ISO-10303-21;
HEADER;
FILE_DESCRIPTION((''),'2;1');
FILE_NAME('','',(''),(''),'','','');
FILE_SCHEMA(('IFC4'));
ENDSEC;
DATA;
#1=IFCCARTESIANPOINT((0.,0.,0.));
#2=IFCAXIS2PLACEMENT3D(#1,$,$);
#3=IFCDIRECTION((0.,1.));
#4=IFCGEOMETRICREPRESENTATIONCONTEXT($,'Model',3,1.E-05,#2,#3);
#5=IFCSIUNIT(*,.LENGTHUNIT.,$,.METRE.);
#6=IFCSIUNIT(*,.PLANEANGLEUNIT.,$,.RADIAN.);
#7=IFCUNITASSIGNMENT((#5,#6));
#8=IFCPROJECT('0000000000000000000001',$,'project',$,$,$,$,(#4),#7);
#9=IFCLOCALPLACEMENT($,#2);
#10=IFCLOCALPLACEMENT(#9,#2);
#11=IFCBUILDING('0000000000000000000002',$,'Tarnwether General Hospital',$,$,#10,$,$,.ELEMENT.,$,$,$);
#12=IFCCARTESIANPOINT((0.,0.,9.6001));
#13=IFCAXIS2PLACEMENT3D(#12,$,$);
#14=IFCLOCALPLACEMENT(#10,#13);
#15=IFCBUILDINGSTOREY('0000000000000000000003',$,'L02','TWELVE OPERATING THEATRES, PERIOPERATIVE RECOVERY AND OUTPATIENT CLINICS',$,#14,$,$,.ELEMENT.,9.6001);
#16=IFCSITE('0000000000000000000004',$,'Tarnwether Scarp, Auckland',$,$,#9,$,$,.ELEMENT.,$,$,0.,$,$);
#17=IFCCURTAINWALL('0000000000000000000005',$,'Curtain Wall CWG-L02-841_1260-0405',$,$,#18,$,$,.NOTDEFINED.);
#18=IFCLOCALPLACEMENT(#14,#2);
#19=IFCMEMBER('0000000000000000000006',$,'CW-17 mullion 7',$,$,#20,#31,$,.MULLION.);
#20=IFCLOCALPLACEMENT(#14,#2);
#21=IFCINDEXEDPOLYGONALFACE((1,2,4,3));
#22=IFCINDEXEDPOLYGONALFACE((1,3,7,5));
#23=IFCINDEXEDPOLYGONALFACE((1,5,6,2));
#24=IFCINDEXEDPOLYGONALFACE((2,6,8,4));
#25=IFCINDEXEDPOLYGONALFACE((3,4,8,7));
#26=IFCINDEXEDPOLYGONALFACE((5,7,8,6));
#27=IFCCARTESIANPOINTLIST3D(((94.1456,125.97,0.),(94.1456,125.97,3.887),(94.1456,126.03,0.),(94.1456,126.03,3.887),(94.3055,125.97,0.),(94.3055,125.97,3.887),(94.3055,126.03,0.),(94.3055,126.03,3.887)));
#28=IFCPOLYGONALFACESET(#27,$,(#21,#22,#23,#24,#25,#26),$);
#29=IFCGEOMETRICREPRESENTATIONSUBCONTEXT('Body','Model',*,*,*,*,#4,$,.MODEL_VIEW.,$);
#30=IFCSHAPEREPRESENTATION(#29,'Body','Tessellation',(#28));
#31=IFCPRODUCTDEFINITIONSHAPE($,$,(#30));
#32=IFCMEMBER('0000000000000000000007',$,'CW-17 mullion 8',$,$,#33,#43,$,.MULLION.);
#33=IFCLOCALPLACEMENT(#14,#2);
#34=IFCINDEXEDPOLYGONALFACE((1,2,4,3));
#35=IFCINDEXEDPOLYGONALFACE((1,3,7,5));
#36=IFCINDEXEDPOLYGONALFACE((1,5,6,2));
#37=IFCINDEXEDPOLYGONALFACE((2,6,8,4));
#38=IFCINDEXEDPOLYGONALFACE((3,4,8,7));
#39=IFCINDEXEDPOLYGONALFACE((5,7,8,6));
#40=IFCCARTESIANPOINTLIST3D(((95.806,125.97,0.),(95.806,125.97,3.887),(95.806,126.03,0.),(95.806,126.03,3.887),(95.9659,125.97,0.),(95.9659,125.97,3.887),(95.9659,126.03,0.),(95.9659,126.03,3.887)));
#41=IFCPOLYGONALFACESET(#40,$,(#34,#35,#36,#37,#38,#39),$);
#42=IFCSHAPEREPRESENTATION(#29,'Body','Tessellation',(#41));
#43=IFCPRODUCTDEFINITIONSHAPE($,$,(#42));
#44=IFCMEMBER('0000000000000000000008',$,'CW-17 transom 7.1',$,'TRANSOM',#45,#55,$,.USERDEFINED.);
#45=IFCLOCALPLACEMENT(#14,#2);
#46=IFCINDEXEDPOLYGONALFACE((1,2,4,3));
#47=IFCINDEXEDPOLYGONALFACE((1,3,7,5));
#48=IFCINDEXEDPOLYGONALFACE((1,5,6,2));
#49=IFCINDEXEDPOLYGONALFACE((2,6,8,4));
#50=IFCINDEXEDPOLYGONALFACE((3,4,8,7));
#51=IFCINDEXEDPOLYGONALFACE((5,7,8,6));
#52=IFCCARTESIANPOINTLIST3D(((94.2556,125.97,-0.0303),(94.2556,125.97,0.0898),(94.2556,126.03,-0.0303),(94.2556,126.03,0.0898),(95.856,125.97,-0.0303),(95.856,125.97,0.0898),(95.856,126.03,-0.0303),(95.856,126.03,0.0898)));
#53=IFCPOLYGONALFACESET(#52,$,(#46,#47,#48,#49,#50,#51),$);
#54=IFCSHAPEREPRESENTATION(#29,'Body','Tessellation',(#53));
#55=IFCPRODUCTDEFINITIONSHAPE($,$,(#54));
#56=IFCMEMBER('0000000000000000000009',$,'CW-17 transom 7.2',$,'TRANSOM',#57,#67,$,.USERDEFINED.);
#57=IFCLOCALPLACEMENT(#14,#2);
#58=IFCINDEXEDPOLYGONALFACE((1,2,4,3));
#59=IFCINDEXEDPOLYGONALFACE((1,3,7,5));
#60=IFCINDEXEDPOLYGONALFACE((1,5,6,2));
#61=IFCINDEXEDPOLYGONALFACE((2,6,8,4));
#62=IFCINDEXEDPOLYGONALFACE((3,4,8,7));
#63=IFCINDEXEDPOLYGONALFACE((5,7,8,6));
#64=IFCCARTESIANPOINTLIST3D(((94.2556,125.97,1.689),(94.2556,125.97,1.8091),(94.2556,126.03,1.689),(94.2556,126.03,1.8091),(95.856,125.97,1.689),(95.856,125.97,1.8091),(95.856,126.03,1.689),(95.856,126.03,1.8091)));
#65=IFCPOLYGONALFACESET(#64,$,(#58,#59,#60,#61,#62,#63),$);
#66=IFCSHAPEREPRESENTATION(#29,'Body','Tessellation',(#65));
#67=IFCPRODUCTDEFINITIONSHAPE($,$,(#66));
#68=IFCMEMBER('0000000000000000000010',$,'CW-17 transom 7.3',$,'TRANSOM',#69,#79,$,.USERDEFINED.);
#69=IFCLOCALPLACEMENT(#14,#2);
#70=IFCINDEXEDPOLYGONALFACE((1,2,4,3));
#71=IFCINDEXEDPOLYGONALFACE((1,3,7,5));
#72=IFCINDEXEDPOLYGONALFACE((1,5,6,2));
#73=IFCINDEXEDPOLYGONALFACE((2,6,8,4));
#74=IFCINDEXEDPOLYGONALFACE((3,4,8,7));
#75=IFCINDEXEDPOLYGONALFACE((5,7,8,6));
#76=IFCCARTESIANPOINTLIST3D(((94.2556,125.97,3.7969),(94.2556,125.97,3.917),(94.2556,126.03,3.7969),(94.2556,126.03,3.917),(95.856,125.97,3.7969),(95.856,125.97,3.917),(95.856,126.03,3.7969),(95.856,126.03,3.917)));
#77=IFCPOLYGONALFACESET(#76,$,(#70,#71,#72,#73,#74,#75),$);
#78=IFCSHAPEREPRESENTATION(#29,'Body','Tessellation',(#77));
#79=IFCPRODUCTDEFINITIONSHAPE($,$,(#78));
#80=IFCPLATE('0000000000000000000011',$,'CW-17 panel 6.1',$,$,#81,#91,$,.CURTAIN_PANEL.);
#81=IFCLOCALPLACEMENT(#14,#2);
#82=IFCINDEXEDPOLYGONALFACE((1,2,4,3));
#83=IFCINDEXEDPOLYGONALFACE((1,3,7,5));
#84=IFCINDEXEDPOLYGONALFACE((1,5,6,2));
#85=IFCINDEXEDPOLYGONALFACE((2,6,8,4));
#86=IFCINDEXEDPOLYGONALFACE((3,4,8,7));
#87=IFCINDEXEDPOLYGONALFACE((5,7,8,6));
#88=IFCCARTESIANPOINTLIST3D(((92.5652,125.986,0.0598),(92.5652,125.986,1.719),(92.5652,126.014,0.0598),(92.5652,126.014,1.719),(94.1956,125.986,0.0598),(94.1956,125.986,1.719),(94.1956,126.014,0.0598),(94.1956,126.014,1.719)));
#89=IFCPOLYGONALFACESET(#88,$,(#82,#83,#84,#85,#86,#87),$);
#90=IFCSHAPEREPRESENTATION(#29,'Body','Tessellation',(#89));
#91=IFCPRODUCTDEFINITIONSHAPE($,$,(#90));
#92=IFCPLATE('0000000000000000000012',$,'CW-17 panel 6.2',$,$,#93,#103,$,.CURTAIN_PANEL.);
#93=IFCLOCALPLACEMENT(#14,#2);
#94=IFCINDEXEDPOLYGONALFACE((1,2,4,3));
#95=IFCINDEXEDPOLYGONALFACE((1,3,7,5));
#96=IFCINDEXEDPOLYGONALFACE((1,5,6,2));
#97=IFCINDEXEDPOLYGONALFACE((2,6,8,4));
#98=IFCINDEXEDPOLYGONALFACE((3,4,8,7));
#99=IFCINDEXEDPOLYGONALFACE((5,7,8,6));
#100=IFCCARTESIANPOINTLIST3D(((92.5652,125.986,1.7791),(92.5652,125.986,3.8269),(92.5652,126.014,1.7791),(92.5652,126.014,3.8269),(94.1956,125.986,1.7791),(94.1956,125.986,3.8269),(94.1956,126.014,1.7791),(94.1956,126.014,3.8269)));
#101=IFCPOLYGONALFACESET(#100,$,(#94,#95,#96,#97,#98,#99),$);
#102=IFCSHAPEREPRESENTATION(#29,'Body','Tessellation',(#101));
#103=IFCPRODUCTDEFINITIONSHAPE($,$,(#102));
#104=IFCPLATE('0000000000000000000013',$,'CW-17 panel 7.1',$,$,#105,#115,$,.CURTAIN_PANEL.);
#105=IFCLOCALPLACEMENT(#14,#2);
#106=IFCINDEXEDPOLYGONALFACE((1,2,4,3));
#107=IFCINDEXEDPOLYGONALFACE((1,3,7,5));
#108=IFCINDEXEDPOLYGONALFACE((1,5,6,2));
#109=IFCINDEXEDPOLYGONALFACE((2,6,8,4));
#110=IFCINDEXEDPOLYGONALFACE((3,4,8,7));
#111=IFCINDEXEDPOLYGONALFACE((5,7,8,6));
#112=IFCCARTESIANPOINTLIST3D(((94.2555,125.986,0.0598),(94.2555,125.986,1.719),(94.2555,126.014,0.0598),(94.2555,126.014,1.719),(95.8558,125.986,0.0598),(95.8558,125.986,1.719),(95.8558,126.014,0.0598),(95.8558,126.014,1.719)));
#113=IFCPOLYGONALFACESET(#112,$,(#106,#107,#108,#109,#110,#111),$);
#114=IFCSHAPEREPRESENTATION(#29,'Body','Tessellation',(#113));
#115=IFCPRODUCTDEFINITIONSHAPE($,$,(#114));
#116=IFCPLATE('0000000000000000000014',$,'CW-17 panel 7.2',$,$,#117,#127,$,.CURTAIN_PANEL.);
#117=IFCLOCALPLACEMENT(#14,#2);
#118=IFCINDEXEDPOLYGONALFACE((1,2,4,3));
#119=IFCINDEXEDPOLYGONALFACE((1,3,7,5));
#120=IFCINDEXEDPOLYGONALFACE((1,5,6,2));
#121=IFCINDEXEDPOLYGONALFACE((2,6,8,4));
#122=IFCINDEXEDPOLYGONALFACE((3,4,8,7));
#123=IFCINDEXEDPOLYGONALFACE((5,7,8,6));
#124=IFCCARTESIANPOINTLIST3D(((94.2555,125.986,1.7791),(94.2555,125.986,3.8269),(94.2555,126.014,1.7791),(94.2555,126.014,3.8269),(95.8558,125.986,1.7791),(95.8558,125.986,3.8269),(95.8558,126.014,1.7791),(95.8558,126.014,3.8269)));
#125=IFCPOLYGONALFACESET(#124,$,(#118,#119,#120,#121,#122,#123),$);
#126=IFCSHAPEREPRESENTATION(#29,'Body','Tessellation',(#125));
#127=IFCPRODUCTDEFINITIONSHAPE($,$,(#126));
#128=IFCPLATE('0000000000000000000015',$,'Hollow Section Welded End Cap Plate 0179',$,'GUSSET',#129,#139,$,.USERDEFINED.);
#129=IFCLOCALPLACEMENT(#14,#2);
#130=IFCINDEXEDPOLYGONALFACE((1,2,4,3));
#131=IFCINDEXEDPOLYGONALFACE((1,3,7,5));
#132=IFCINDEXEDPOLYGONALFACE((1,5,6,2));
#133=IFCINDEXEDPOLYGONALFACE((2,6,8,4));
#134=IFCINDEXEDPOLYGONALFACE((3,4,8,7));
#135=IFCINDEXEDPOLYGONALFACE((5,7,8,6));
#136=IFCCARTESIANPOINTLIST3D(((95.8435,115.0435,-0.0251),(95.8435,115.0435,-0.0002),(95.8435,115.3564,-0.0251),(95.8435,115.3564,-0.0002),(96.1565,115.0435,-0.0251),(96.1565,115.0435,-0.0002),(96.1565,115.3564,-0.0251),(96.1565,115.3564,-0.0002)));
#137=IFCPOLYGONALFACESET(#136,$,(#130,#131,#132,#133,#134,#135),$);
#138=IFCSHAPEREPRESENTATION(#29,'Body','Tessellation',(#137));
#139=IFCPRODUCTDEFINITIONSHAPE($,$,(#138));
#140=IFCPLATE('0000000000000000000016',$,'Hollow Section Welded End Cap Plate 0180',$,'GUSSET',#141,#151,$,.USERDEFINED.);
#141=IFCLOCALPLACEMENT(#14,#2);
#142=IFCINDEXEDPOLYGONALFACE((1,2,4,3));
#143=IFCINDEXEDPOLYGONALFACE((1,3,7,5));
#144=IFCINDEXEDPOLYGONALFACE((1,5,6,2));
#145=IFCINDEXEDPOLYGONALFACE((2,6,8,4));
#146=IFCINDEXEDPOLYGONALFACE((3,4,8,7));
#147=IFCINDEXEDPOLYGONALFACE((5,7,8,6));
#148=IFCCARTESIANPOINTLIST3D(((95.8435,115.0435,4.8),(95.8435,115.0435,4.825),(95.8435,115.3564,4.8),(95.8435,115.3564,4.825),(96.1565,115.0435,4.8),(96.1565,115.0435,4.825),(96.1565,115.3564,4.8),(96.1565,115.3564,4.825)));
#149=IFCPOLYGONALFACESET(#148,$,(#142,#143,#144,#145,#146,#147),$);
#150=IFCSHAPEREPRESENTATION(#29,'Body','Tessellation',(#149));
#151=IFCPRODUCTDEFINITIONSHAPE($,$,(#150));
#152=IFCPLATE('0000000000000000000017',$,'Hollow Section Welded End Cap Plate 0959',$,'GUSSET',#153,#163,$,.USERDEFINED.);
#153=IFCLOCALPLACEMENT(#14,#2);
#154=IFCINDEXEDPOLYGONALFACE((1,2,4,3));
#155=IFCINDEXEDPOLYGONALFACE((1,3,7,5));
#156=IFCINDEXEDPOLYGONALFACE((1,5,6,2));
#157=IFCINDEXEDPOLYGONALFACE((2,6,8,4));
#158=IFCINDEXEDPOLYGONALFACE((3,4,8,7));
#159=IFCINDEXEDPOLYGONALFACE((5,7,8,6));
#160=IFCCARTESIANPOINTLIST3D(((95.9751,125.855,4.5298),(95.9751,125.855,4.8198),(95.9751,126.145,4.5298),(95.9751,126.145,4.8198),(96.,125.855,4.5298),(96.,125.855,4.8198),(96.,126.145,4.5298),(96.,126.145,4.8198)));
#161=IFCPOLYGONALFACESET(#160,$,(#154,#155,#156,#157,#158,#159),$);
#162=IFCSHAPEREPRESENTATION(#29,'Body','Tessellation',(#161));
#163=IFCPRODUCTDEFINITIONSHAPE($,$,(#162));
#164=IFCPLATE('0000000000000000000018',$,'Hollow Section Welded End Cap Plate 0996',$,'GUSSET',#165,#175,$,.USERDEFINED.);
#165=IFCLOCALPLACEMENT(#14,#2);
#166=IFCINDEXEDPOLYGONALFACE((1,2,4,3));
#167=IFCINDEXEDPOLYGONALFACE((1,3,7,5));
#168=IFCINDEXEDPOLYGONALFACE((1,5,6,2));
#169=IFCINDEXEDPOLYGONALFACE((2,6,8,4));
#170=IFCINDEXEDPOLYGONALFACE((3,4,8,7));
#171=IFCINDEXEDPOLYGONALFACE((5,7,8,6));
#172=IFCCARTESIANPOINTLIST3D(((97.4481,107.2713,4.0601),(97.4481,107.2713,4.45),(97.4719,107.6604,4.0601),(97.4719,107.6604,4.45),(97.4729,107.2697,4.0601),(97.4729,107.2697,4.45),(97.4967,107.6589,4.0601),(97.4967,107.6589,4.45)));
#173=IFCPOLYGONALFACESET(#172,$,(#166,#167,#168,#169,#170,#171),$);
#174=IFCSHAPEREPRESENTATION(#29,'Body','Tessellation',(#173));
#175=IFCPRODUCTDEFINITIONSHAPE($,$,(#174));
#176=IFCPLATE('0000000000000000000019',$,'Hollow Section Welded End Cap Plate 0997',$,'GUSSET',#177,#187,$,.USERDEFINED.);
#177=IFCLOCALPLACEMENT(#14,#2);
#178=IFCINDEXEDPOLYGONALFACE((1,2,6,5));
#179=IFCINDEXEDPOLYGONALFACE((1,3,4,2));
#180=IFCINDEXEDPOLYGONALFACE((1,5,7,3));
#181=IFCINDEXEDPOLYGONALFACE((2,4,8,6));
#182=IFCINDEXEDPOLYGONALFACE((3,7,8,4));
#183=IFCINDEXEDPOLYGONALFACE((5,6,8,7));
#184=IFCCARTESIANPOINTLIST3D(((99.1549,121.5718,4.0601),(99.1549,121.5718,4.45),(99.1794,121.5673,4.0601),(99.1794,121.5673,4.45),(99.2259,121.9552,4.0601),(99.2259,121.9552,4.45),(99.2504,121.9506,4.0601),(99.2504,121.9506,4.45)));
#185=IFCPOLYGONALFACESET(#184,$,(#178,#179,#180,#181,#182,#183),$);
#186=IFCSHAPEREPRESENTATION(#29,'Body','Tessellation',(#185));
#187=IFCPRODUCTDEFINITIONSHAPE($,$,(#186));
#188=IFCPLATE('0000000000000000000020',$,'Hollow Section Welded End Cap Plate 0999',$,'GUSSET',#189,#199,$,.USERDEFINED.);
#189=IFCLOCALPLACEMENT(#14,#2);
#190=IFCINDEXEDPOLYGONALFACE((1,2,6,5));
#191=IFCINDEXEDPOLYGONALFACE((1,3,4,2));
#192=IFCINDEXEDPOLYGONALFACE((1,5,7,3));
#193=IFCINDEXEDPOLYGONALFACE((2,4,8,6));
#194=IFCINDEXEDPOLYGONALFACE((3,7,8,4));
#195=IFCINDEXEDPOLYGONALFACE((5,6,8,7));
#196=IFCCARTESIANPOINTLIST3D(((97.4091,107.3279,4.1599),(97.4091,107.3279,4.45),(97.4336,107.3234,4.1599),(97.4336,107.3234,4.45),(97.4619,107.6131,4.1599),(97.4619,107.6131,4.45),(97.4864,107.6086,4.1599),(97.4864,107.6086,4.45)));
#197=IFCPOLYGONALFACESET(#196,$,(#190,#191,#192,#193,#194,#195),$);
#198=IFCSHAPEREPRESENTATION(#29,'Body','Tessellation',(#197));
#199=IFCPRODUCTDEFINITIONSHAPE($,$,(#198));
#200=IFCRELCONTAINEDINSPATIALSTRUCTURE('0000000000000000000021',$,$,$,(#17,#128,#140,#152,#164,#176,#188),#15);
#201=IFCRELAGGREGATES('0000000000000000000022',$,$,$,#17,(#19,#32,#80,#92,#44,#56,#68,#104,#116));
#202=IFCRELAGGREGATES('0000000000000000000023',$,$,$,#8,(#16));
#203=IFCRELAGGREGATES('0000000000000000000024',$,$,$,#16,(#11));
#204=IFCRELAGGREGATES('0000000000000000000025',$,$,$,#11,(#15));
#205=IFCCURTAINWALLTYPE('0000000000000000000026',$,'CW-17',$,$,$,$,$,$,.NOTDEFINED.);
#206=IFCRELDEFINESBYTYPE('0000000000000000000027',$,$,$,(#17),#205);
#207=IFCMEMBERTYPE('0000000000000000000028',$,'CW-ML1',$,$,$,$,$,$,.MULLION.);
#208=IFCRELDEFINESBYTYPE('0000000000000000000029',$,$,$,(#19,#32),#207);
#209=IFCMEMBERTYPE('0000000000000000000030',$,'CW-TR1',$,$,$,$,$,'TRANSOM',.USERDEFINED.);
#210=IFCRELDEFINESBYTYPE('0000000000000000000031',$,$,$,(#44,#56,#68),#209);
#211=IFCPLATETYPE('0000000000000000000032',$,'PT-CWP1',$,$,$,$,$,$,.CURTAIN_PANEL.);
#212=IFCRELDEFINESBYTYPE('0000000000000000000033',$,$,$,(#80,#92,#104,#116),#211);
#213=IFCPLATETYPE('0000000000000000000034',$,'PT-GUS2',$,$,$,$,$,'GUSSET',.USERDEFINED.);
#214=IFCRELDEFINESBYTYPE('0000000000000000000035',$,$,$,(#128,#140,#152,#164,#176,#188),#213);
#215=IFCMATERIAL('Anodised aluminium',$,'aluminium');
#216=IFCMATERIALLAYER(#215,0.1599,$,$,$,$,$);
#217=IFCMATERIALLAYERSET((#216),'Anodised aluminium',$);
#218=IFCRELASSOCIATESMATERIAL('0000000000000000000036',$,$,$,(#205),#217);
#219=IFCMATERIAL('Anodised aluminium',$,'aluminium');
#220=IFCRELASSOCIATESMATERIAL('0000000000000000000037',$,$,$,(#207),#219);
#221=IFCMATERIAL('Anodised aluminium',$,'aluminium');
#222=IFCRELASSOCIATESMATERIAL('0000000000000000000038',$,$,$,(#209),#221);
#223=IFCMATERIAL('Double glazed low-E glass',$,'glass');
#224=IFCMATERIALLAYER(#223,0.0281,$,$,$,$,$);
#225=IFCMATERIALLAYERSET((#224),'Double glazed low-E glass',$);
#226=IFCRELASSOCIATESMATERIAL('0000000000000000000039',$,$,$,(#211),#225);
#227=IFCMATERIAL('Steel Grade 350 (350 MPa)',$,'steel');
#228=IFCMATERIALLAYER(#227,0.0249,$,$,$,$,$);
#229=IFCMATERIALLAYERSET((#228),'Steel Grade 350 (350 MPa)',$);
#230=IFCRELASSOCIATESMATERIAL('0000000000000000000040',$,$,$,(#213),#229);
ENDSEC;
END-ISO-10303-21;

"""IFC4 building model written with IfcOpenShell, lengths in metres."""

from ifc_helpers import new_model, si_unit, direction, frame, origin, origin_2d, place, context, subcontext, project, spatial, rectangle, extrude, material, layer, layer_set, material_profile, profile_set, type_object, element, aggregate, save


model = new_model("IFC4")

# Units and contexts
model_context = context("Model", 3, precision=1e-05, world=origin(), true_north=direction((0.0, 1.0)))
body_context = subcontext(model_context, "Body", "Model", "MODEL_VIEW")
ifc_project = project(units=[si_unit("LENGTHUNIT", "METRE"), si_unit("PLANEANGLEUNIT", "RADIAN")], contexts=[model_context])

# Site, building, storey
site_placement = place(None, origin())
site = spatial("IfcSite", under=ifc_project, at=site_placement, Name="Tarnwether Scarp, Auckland", CompositionType="ELEMENT", RefElevation=0.0)
building_placement = place(site_placement, origin())
building = spatial("IfcBuilding", under=site, at=building_placement, Name="Tarnwether General Hospital", CompositionType="ELEMENT")
storey_placement = place(building_placement, frame((0.0, 0.0, 9.6001)))
storey = spatial("IfcBuildingStorey", under=building, at=storey_placement, Name="L02", Description="TWELVE OPERATING THEATRES, PERIOPERATIVE RECOVERY AND OUTPATIENT CLINICS", CompositionType="ELEMENT", Elevation=9.6001)

# Curtain wall, members, plates
ifc_material_1 = material(Name="Anodised aluminium", Category="aluminium")
ifc_layer_1 = layer(ifc_material_1, 0.1599)
ifc_layer_set_1 = layer_set([ifc_layer_1], Name="Anodised aluminium")
curtain_wall_type = type_object("IfcCurtainWallType", Name="CW-17", PredefinedType="NOTDEFINED", material=ifc_layer_set_1)
curtain_wall_placement = place(storey_placement, origin())
curtain_wall = element("IfcCurtainWall", 1, at=curtain_wall_placement, inside=storey, type_object=curtain_wall_type, Name="Curtain Wall CWG-L02-841_1260-0405", PredefinedType="NOTDEFINED")
ifc_material_2 = material(Name="Anodised aluminium", Category="aluminium")
ifc_material_profile_1 = material_profile(ifc_material_2, rectangle(XDim=0.0601, YDim=0.1599, at=origin_2d()), Name="ALU-MUL-60x160")
ifc_profile_set_1 = profile_set([ifc_material_profile_1], Name="Anodised aluminium")
member_type_1 = type_object("IfcMemberType", Name="CW-ML1", PredefinedType="MULLION", material=ifc_profile_set_1)
member_1_placement = place(storey_placement, frame((94.2256, 126.0, 0.0), z_axis=(0.0, 0.0, 1.0), x_axis=(0.0, 1.0, 0.0)))
member_1 = element("IfcMember", 2, at=member_1_placement, type_object=member_type_1, Name="CW-17 mullion 7", PredefinedType="MULLION", context=body_context, shape_type="SweptSolid", body=[
    extrude(rectangle(XDim=0.0601, YDim=0.1599, at=origin_2d()), origin(), (0.0, 0.0, 1.0), 3.887),
])
member_2_placement = place(storey_placement, frame((95.886, 126.0, 0.0), z_axis=(0.0, 0.0, 1.0), x_axis=(0.0, 1.0, 0.0)))
member_2 = element("IfcMember", 3, at=member_2_placement, type_object=member_type_1, Name="CW-17 mullion 8", PredefinedType="MULLION", context=body_context, shape_type="SweptSolid", body=[
    extrude(rectangle(XDim=0.0601, YDim=0.1599, at=origin_2d()), origin(), (0.0, 0.0, 1.0), 3.887),
])
ifc_material_3 = material(Name="Anodised aluminium", Category="aluminium")
ifc_material_profile_2 = material_profile(ifc_material_3, rectangle(XDim=0.0601, YDim=0.1201, at=origin_2d()), Name="ALU-TRN-60x120")
ifc_profile_set_2 = profile_set([ifc_material_profile_2], Name="Anodised aluminium")
member_type_2 = type_object("IfcMemberType", Name="CW-TR1", ElementType="TRANSOM", PredefinedType="USERDEFINED", material=ifc_profile_set_2)
member_3_placement = place(storey_placement, frame((94.2556, 126.0, 0.0298), z_axis=(1.0, 0.0, 0.0), x_axis=(0.0, 1.0, 0.0)))
member_3 = element("IfcMember", 4, at=member_3_placement, type_object=member_type_2, Name="CW-17 transom 7.1", ObjectType="TRANSOM", PredefinedType="USERDEFINED", context=body_context, shape_type="SweptSolid", body=[
    extrude(rectangle(XDim=0.0601, YDim=0.1201, at=origin_2d()), origin(), (0.0, 0.0, 1.0), 1.6003),
])
member_4_placement = place(storey_placement, frame((94.2556, 126.0, 1.749), z_axis=(1.0, 0.0, 0.0), x_axis=(0.0, 1.0, 0.0)))
member_4 = element("IfcMember", 5, at=member_4_placement, type_object=member_type_2, Name="CW-17 transom 7.2", ObjectType="TRANSOM", PredefinedType="USERDEFINED", context=body_context, shape_type="SweptSolid", body=[
    extrude(rectangle(XDim=0.0601, YDim=0.1201, at=origin_2d()), origin(), (0.0, 0.0, 1.0), 1.6003),
])
member_5_placement = place(storey_placement, frame((94.2556, 126.0, 3.8569), z_axis=(1.0, 0.0, 0.0), x_axis=(0.0, 1.0, 0.0)))
member_5 = element("IfcMember", 6, at=member_5_placement, type_object=member_type_2, Name="CW-17 transom 7.3", ObjectType="TRANSOM", PredefinedType="USERDEFINED", context=body_context, shape_type="SweptSolid", body=[
    extrude(rectangle(XDim=0.0601, YDim=0.1201, at=origin_2d()), origin(), (0.0, 0.0, 1.0), 1.6003),
])
ifc_material_4 = material(Name="Double glazed low-E glass", Category="glass")
ifc_layer_2 = layer(ifc_material_4, 0.0281)
ifc_layer_set_2 = layer_set([ifc_layer_2], Name="Double glazed low-E glass")
plate_type_1 = type_object("IfcPlateType", Name="PT-CWP1", PredefinedType="CURTAIN_PANEL", material=ifc_layer_set_2)
plate_1_placement = place(storey_placement, frame((93.3804, 126.0, 0.0598), z_axis=(0.0, 0.0, 1.0), x_axis=(1.0, 0.0, 0.0)))
plate_1 = element("IfcPlate", 7, at=plate_1_placement, type_object=plate_type_1, Name="CW-17 panel 6.1", PredefinedType="CURTAIN_PANEL", context=body_context, shape_type="SweptSolid", body=[
    extrude(rectangle(XDim=1.6304, YDim=0.0281, at=origin_2d()), origin(), (0.0, 0.0, 1.0), 1.6592),
])
plate_2_placement = place(storey_placement, frame((93.3804, 126.0, 1.7791), z_axis=(0.0, 0.0, 1.0), x_axis=(1.0, 0.0, 0.0)))
plate_2 = element("IfcPlate", 8, at=plate_2_placement, type_object=plate_type_1, Name="CW-17 panel 6.2", PredefinedType="CURTAIN_PANEL", context=body_context, shape_type="SweptSolid", body=[
    extrude(rectangle(XDim=1.6304, YDim=0.0281, at=origin_2d()), origin(), (0.0, 0.0, 1.0), 2.0479),
])
plate_3_placement = place(storey_placement, frame((95.0557, 126.0, 0.0598), z_axis=(0.0, 0.0, 1.0), x_axis=(1.0, 0.0, 0.0)))
plate_3 = element("IfcPlate", 9, at=plate_3_placement, type_object=plate_type_1, Name="CW-17 panel 7.1", PredefinedType="CURTAIN_PANEL", context=body_context, shape_type="SweptSolid", body=[
    extrude(rectangle(XDim=1.6003, YDim=0.0281, at=origin_2d()), origin(), (0.0, 0.0, 1.0), 1.6592),
])
plate_4_placement = place(storey_placement, frame((95.0557, 126.0, 1.7791), z_axis=(0.0, 0.0, 1.0), x_axis=(1.0, 0.0, 0.0)))
plate_4 = element("IfcPlate", 10, at=plate_4_placement, type_object=plate_type_1, Name="CW-17 panel 7.2", PredefinedType="CURTAIN_PANEL", context=body_context, shape_type="SweptSolid", body=[
    extrude(rectangle(XDim=1.6003, YDim=0.0281, at=origin_2d()), origin(), (0.0, 0.0, 1.0), 2.0479),
])
aggregate(curtain_wall, [member_1, member_2, plate_1, plate_2, member_3, member_4, member_5, plate_3, plate_4])

# Plates
ifc_material_5 = material(Name="Steel Grade 350 (350 MPa)", Category="steel")
ifc_layer_3 = layer(ifc_material_5, 0.0249)
ifc_layer_set_3 = layer_set([ifc_layer_3], Name="Steel Grade 350 (350 MPa)")
plate_type_2 = type_object("IfcPlateType", Name="PT-GUS2", ElementType="GUSSET", PredefinedType="USERDEFINED", material=ifc_layer_set_3)
for number, where, z_axis, x_axis, name in (
    (11, (96.0, 115.2, -0.0251), (0.0, 0.0, 1.0), (1.0, 0.0, 0.0), "Hollow Section Welded End Cap Plate 0179"),
    (12, (96.0, 115.2, 4.8), (0.0, 0.0, 1.0), (1.0, 0.0, 0.0), "Hollow Section Welded End Cap Plate 0180"),
):
    element("IfcPlate", number, at=place(storey_placement, frame(where, z_axis=z_axis, x_axis=x_axis)), inside=storey, type_object=plate_type_2, Name=name, ObjectType="GUSSET", PredefinedType="USERDEFINED", context=body_context, shape_type="SweptSolid", body=[
        extrude(rectangle(XDim=0.313, YDim=0.313, at=origin_2d()), origin(), (0.0, 0.0, 1.0), 0.0249),
    ])
plate_5_placement = place(storey_placement, frame((95.9875, 126.0, 4.5298), z_axis=(0.0, 0.0, 1.0), x_axis=(1.0, 0.0, 0.0)))
element("IfcPlate", 13, at=plate_5_placement, inside=storey, type_object=plate_type_2, Name="Hollow Section Welded End Cap Plate 0959", ObjectType="GUSSET", PredefinedType="USERDEFINED", context=body_context, shape_type="SweptSolid", body=[
    extrude(rectangle(XDim=0.0249, YDim=0.29, at=origin_2d()), origin(), (0.0, 0.0, 1.0), 0.29),
])
for number, where, z_axis, x_axis, name in (
    (14, (97.4724, 107.4651, 4.0601), (0.0, 0.0, 1.0), (0.998134, -0.061066, 0.0), "Hollow Section Welded End Cap Plate 0996"),
    (15, (99.2026, 121.7612, 4.0601), (0.0, 0.0, 1.0), (0.983261, -0.182201, 0.0), "Hollow Section Welded End Cap Plate 0997"),
):
    element("IfcPlate", number, at=place(storey_placement, frame(where, z_axis=z_axis, x_axis=x_axis)), inside=storey, type_object=plate_type_2, Name=name, ObjectType="GUSSET", PredefinedType="USERDEFINED", context=body_context, shape_type="SweptSolid", body=[
        extrude(rectangle(XDim=0.0249, YDim=0.3899, at=origin_2d()), origin(), (0.0, 0.0, 1.0), 0.3899),
    ])
plate_6_placement = place(storey_placement, frame((97.4478, 107.4683, 4.1599), z_axis=(0.0, 0.0, 1.0), x_axis=(0.983245, -0.182287, 0.0)))
element("IfcPlate", 16, at=plate_6_placement, inside=storey, type_object=plate_type_2, Name="Hollow Section Welded End Cap Plate 0999", ObjectType="GUSSET", PredefinedType="USERDEFINED", context=body_context, shape_type="SweptSolid", body=[
    extrude(rectangle(XDim=0.0249, YDim=0.29, at=origin_2d()), origin(), (0.0, 0.0, 1.0), 0.29),
])

save(model, "model.ifc")
